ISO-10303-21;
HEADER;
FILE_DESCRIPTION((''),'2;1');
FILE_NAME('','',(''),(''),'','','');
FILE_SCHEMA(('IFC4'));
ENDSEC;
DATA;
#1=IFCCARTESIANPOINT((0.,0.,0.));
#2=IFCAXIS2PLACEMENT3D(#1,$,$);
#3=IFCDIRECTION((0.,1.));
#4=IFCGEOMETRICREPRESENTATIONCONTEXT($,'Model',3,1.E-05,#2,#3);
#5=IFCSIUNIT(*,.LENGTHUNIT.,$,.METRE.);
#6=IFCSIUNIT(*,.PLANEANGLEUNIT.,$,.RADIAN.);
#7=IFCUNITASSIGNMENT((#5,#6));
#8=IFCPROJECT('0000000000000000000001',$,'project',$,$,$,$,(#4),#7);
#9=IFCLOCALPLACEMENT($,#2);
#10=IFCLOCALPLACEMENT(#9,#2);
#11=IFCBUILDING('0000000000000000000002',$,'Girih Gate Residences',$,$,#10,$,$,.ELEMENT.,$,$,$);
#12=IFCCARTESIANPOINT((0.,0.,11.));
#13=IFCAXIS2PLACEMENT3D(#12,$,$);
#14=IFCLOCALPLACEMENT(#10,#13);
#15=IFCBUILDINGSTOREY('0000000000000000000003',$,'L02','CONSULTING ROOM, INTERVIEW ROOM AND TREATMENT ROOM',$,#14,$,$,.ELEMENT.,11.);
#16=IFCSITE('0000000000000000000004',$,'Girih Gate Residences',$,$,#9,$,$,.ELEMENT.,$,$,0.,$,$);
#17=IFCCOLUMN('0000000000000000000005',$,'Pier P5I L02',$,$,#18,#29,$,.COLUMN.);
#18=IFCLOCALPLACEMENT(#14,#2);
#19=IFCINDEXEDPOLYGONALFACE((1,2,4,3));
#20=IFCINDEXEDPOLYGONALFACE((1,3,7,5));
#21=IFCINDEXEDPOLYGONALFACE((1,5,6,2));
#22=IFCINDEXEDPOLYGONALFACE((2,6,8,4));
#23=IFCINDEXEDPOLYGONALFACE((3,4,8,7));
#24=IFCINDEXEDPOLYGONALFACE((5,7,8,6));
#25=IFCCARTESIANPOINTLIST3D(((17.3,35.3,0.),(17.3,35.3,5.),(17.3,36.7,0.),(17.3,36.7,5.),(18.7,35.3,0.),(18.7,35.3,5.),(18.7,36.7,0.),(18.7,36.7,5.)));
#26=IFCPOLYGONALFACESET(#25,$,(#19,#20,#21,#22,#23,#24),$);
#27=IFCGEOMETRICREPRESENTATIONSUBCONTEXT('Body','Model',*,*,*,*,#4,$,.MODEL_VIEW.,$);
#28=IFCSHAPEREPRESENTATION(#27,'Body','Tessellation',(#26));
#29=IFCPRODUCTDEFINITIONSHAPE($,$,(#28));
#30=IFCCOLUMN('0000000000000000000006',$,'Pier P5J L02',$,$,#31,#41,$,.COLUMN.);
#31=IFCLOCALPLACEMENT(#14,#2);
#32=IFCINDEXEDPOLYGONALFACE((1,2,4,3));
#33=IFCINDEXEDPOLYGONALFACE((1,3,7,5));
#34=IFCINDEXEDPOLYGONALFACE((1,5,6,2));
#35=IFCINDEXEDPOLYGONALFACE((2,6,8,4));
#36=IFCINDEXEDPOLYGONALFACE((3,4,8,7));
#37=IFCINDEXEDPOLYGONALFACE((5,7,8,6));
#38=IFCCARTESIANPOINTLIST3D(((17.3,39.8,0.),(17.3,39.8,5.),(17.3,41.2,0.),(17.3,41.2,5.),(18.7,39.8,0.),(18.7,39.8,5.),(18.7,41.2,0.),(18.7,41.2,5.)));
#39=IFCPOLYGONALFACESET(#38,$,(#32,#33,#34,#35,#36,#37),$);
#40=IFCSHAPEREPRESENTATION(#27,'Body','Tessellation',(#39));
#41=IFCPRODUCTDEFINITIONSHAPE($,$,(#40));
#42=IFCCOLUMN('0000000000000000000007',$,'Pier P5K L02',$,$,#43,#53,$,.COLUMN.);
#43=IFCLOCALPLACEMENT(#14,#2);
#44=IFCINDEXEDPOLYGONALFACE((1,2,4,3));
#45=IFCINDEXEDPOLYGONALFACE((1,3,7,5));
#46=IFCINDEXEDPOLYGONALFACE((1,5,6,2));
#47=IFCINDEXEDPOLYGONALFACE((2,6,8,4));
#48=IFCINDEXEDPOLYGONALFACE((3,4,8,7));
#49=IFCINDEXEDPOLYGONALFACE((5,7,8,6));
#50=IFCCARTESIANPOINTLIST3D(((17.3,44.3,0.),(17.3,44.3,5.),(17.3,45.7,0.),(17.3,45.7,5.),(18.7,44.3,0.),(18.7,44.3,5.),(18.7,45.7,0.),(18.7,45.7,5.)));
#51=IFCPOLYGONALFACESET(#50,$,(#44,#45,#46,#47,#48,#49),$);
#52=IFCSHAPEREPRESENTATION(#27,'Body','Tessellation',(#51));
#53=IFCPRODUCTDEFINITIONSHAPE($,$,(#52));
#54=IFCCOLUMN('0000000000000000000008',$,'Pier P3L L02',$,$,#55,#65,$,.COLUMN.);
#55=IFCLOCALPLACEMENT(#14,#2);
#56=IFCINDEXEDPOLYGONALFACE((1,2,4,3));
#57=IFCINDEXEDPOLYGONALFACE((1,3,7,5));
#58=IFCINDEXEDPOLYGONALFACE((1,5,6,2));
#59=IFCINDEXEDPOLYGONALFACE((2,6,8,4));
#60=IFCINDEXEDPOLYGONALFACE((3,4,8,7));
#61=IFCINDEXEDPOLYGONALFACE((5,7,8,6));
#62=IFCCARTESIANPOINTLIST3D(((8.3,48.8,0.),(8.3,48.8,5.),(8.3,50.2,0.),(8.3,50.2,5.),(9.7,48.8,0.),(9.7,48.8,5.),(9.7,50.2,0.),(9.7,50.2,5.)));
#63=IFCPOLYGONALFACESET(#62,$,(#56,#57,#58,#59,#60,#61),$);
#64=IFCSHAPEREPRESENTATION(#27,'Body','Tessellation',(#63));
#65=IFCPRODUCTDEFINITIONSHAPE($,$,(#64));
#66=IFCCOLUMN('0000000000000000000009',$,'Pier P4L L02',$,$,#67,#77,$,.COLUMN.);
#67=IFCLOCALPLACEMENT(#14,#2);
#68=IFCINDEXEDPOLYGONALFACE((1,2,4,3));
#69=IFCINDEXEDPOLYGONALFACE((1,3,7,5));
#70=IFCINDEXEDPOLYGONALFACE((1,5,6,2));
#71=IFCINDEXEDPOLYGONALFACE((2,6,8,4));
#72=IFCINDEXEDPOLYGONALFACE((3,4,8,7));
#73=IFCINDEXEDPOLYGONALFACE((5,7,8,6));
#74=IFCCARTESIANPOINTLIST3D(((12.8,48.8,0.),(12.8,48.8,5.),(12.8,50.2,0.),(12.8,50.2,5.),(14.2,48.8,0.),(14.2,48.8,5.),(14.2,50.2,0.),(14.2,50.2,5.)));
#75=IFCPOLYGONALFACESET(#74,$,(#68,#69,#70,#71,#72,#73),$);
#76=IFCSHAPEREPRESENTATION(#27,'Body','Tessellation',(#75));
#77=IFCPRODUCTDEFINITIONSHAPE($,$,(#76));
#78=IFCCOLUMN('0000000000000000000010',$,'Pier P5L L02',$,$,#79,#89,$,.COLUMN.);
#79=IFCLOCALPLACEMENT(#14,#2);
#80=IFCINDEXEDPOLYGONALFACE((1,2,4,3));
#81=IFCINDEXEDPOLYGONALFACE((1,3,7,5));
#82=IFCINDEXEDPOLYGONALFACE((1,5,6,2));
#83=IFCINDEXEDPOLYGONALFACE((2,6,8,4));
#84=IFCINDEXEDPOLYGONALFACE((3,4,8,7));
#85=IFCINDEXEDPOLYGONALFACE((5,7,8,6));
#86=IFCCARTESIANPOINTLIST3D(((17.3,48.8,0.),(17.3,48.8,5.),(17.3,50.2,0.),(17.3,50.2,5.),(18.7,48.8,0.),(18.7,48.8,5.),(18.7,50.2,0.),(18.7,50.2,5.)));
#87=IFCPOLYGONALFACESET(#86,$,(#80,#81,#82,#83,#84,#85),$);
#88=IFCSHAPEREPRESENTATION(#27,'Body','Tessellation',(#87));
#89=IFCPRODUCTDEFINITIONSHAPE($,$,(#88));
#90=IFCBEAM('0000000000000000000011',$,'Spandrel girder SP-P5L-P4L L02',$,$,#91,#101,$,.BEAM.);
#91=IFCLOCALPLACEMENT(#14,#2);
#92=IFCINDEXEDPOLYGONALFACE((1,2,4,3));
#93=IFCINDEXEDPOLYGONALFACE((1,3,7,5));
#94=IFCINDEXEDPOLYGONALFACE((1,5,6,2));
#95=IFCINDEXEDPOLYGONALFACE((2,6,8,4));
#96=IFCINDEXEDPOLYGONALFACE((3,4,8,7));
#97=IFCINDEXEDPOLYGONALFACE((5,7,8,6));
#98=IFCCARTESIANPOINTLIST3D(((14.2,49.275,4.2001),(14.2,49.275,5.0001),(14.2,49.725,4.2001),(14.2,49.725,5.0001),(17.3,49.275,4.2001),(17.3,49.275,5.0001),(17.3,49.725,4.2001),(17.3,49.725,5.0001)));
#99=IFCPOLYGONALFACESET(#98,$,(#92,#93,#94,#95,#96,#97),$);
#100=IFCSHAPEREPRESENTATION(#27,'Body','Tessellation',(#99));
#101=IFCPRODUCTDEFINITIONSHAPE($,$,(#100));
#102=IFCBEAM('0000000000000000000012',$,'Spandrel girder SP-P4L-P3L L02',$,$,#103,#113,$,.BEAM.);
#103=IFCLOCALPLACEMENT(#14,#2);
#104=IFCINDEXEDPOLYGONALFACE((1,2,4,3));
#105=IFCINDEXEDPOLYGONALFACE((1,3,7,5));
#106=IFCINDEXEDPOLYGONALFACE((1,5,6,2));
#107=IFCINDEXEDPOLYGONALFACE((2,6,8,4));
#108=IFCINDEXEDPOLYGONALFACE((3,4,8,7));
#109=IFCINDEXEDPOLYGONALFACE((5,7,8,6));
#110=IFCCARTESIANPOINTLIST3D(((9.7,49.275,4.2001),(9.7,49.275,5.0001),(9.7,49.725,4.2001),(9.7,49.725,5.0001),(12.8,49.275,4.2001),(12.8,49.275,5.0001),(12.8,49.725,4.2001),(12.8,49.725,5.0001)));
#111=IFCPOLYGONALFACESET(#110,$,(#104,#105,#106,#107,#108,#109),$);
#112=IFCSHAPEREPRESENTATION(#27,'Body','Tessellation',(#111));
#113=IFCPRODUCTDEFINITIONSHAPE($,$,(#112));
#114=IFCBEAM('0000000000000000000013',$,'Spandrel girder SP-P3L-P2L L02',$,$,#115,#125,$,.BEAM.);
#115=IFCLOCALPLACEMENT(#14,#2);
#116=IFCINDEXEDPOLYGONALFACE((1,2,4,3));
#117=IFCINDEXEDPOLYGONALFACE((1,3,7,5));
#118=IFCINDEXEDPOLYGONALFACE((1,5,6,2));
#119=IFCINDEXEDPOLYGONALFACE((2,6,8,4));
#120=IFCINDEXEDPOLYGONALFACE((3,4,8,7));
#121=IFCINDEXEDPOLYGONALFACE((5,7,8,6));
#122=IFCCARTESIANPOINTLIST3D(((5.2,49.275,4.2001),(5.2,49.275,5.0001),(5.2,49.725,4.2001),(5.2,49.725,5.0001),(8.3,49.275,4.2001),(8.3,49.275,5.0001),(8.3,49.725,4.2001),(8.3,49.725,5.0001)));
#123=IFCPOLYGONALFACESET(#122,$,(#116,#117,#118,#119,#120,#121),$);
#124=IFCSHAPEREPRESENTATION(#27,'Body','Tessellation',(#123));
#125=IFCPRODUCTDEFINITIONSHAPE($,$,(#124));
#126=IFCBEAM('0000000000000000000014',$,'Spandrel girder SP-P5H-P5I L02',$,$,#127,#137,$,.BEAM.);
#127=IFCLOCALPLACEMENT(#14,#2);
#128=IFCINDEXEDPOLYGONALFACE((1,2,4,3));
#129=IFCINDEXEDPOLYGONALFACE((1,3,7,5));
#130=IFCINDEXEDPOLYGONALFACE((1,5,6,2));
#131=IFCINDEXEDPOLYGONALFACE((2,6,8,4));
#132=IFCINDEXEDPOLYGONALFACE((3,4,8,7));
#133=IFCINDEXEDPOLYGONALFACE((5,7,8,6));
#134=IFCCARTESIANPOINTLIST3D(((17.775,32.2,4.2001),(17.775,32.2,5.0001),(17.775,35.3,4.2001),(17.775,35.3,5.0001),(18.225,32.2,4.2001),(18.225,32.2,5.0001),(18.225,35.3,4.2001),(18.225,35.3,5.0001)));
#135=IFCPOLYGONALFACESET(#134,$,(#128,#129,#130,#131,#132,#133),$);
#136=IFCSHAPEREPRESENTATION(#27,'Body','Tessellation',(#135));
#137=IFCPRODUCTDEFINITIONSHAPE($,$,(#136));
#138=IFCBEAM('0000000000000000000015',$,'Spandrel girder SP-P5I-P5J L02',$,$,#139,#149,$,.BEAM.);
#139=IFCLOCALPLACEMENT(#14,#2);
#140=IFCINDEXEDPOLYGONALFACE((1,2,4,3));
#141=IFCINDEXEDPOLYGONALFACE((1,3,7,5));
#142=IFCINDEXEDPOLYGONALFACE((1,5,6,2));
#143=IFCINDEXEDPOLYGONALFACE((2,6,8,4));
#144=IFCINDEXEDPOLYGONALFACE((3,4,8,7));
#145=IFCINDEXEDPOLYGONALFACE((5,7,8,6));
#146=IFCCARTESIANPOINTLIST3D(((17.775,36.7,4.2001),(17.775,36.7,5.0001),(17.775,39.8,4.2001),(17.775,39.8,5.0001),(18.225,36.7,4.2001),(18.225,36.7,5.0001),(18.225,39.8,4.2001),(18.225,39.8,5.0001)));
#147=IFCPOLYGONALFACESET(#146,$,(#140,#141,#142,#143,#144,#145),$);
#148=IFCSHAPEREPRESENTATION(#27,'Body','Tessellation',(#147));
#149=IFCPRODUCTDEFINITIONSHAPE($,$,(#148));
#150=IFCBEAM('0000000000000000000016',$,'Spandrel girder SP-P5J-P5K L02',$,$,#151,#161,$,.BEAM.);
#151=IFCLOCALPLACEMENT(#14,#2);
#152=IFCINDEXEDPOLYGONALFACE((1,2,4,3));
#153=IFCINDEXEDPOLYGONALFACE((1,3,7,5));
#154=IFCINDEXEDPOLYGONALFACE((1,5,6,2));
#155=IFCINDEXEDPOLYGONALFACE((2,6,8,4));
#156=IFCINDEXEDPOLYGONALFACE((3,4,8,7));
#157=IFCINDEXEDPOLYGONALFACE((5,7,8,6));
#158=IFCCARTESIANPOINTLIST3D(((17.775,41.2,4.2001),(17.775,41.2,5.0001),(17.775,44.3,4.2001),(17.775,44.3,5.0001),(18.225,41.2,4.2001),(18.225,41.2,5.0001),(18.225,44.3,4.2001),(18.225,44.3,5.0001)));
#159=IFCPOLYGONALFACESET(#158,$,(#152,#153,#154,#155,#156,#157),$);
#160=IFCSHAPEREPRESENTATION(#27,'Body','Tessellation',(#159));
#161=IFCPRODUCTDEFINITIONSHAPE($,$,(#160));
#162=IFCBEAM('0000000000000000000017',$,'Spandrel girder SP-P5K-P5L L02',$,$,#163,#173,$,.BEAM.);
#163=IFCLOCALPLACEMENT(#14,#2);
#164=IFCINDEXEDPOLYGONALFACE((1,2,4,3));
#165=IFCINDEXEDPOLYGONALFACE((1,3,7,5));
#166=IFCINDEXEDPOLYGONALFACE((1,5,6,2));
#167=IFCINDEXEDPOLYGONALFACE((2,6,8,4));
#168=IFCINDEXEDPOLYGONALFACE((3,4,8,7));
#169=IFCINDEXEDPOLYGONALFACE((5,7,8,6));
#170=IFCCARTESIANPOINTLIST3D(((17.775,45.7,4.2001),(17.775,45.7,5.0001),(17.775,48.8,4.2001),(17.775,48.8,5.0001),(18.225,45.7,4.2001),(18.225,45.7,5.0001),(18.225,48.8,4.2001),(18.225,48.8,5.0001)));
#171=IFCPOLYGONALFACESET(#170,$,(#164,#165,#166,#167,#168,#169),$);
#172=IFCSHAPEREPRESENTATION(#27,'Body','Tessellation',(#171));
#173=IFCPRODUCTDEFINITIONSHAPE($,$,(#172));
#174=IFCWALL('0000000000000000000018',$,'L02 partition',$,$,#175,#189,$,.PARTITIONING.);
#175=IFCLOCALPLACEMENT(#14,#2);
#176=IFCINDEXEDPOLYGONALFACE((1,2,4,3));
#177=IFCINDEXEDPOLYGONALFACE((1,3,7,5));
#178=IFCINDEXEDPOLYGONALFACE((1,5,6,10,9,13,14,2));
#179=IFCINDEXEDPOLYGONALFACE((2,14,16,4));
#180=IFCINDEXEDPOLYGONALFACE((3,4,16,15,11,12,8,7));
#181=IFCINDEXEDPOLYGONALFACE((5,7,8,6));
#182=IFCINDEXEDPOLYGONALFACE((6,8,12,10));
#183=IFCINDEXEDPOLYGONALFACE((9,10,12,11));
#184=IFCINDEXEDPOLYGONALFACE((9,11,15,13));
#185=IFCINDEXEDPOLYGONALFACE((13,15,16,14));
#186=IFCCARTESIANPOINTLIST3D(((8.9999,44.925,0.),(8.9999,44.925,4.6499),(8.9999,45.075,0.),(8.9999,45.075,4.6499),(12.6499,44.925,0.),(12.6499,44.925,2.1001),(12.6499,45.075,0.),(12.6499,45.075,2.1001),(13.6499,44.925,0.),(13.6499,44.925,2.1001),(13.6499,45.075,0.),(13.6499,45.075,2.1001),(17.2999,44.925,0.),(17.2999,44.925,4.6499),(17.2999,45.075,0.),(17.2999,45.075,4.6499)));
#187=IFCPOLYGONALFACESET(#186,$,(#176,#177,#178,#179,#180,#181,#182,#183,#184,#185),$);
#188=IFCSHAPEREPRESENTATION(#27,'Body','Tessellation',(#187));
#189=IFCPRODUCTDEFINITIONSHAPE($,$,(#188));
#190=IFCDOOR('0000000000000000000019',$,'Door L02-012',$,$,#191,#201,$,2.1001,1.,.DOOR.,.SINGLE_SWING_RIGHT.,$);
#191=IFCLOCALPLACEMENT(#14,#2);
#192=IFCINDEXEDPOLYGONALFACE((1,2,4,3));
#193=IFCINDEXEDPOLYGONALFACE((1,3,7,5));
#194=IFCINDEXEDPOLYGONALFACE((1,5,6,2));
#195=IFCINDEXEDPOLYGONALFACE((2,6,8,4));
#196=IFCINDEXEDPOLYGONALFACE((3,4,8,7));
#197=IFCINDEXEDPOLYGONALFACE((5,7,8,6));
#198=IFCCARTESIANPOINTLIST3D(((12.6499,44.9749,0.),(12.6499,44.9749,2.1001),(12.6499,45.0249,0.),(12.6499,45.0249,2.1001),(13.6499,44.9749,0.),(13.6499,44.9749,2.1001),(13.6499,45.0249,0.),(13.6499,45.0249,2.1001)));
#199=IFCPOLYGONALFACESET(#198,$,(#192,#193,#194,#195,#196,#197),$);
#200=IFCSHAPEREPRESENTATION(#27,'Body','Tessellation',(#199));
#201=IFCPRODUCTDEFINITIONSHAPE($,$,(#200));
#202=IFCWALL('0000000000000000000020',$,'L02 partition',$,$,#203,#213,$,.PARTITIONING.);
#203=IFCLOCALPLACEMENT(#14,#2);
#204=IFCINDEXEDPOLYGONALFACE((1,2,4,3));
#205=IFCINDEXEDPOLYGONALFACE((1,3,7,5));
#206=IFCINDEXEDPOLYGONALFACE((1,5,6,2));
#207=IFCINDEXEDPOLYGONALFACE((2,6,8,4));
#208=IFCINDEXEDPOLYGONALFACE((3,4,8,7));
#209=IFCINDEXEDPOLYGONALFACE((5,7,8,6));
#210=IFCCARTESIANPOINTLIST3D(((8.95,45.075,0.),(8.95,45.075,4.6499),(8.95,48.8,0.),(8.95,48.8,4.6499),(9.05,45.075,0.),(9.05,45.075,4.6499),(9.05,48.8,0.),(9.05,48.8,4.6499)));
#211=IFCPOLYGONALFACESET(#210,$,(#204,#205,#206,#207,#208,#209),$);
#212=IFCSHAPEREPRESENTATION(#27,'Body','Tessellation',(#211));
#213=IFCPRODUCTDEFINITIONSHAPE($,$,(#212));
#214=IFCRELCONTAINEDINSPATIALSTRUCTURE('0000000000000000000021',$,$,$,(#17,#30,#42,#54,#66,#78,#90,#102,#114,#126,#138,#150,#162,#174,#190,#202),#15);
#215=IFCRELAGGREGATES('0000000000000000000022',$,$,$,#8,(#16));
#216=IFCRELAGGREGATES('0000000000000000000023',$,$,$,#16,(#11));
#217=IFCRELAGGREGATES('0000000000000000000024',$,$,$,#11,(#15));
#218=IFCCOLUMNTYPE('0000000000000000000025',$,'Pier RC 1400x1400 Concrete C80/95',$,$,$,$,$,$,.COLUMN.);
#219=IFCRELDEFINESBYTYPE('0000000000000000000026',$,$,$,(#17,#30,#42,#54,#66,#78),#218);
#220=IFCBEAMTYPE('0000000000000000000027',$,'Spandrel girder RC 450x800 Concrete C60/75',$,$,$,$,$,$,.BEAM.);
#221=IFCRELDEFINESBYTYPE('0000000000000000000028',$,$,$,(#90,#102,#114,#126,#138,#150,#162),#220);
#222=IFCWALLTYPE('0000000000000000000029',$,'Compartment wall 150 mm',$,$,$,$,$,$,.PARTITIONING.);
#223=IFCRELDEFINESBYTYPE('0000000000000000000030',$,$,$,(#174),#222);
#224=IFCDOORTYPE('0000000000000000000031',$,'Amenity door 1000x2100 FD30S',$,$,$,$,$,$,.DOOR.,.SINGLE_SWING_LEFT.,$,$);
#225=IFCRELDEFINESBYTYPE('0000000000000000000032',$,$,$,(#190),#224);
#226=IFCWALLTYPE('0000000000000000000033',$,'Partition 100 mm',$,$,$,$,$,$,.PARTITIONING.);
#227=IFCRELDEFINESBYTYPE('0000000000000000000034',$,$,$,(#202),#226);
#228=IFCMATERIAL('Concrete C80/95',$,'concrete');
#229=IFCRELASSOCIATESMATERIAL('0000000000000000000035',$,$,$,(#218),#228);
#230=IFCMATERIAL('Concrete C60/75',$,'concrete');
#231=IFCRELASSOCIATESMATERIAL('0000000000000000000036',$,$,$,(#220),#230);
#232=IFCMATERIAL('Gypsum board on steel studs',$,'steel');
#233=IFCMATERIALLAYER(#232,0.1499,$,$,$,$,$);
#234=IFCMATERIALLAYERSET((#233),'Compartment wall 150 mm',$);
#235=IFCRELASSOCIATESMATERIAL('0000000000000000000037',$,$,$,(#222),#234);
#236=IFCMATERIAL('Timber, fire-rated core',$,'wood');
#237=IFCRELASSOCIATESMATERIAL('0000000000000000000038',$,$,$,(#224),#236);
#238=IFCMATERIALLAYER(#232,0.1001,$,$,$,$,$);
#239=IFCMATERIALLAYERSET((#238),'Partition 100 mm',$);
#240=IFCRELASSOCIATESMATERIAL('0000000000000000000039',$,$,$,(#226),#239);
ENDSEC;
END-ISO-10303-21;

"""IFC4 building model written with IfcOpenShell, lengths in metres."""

from ifc_helpers import new_model, si_unit, direction, frame, frame_2d, origin, origin_2d, place, context, subcontext, project, spatial, rectangle, extrude, material, layer, layer_set, material_profile, profile_set, type_object, element, fill, save


model = new_model("IFC4")

# Units and contexts
model_context = context("Model", 3, precision=1e-05, world=origin(), true_north=direction((0.0, 1.0)))
body_context = subcontext(model_context, "Body", "Model", "MODEL_VIEW")
ifc_project = project(units=[si_unit("LENGTHUNIT", "METRE"), si_unit("PLANEANGLEUNIT", "RADIAN")], contexts=[model_context])

# Site, building, storey
site_placement = place(None, origin())
site = spatial("IfcSite", under=ifc_project, at=site_placement, Name="Girih Gate Residences", CompositionType="ELEMENT", RefElevation=0.0)
building_placement = place(site_placement, origin())
building = spatial("IfcBuilding", under=site, at=building_placement, Name="Girih Gate Residences", CompositionType="ELEMENT")
storey_placement = place(building_placement, frame((0.0, 0.0, 11.0)))
storey = spatial("IfcBuildingStorey", under=building, at=storey_placement, Name="L02", Description="CONSULTING ROOM, INTERVIEW ROOM AND TREATMENT ROOM", CompositionType="ELEMENT", Elevation=11.0)

# Columns
ifc_material_1 = material(Name="Concrete C80/95", Category="concrete")
ifc_material_profile_1 = material_profile(ifc_material_1, rectangle(XDim=1.3999, YDim=1.3999, at=origin_2d()))
ifc_profile_set_1 = profile_set([ifc_material_profile_1], Name="Concrete C80/95")
column_type = type_object("IfcColumnType", Name="Pier RC 1400x1400 Concrete C80/95", PredefinedType="COLUMN", material=ifc_profile_set_1)
for number, where, z_axis, x_axis, name in (
    (1, (18.0, 36.0, 0.0), (0.0, 0.0, 1.0), (1.0, 0.0, 0.0), "Pier P5I L02"),
    (2, (18.0, 40.5, 0.0), (0.0, 0.0, 1.0), (1.0, 0.0, 0.0), "Pier P5J L02"),
    (3, (18.0, 45.0, 0.0), (0.0, 0.0, 1.0), (1.0, 0.0, 0.0), "Pier P5K L02"),
    (4, (9.0, 49.5, 0.0), (0.0, 0.0, 1.0), (1.0, 0.0, 0.0), "Pier P3L L02"),
    (5, (13.5, 49.5, 0.0), (0.0, 0.0, 1.0), (1.0, 0.0, 0.0), "Pier P4L L02"),
    (6, (18.0, 49.5, 0.0), (0.0, 0.0, 1.0), (1.0, 0.0, 0.0), "Pier P5L L02"),
):
    element("IfcColumn", number, at=place(storey_placement, frame(where, z_axis=z_axis, x_axis=x_axis)), inside=storey, type_object=column_type, Name=name, PredefinedType="COLUMN", context=body_context, shape_type="SweptSolid", body=[
        extrude(rectangle(XDim=1.3999, YDim=1.3999, at=origin_2d()), origin(), (0.0, 0.0, 1.0), 5.0),
    ])

# Beams
ifc_material_2 = material(Name="Concrete C60/75", Category="concrete")
ifc_material_profile_2 = material_profile(ifc_material_2, rectangle(XDim=0.45, YDim=0.8, at=origin_2d()))
ifc_profile_set_2 = profile_set([ifc_material_profile_2], Name="Concrete C60/75")
beam_type = type_object("IfcBeamType", Name="Spandrel girder RC 450x800 Concrete C60/75", PredefinedType="BEAM", material=ifc_profile_set_2)
for number, where, z_axis, x_axis, name in (
    (7, (17.3, 49.5, 4.6001), (-1.0, 0.0, 0.0), (0.0, -1.0, 0.0), "Spandrel girder SP-P5L-P4L L02"),
    (8, (12.8, 49.5, 4.6001), (-1.0, 0.0, 0.0), (0.0, -1.0, 0.0), "Spandrel girder SP-P4L-P3L L02"),
    (9, (8.3, 49.5, 4.6001), (-1.0, 0.0, 0.0), (0.0, -1.0, 0.0), "Spandrel girder SP-P3L-P2L L02"),
    (10, (18.0, 32.2, 4.6001), (0.0, 1.0, 0.0), (-1.0, 0.0, 0.0), "Spandrel girder SP-P5H-P5I L02"),
    (11, (18.0, 36.7, 4.6001), (0.0, 1.0, 0.0), (-1.0, 0.0, 0.0), "Spandrel girder SP-P5I-P5J L02"),
    (12, (18.0, 41.2, 4.6001), (0.0, 1.0, 0.0), (-1.0, 0.0, 0.0), "Spandrel girder SP-P5J-P5K L02"),
    (13, (18.0, 45.7, 4.6001), (0.0, 1.0, 0.0), (-1.0, 0.0, 0.0), "Spandrel girder SP-P5K-P5L L02"),
):
    element("IfcBeam", number, at=place(storey_placement, frame(where, z_axis=z_axis, x_axis=x_axis)), inside=storey, type_object=beam_type, Name=name, PredefinedType="BEAM", context=body_context, shape_type="SweptSolid", body=[
        extrude(rectangle(XDim=0.45, YDim=0.8, at=origin_2d()), origin(), (0.0, 0.0, 1.0), 3.1001),
    ])

# Wall, opening, door
ifc_material_3 = material(Name="Gypsum board on steel studs", Category="steel")
ifc_layer_1 = layer(ifc_material_3, 0.1499)
ifc_layer_set_1 = layer_set([ifc_layer_1], Name="Compartment wall 150 mm")
wall_type_1 = type_object("IfcWallType", Name="Compartment wall 150 mm", PredefinedType="PARTITIONING", material=ifc_layer_set_1)
wall_1_placement = place(storey_placement, frame((9.0, 45.0, 0.0), z_axis=(0.0, 0.0, 1.0), x_axis=(1.0, 0.0, 0.0)))
wall_1 = element("IfcWall", 14, at=wall_1_placement, inside=storey, type_object=wall_type_1, Name="L02 partition", PredefinedType="PARTITIONING", context=body_context, shape_type="SweptSolid", body=[
    extrude(rectangle(XDim=8.3, YDim=0.1499, at=frame_2d((4.1499, 0.0))), origin(), (0.0, 0.0, 1.0), 4.6499),
])
opening_1_placement = place(wall_1_placement, frame((3.6499, 0.0, 0.0)))
opening_1 = element("IfcOpeningElement", 15, at=opening_1_placement, cuts=wall_1, PredefinedType="OPENING", context=body_context, shape_type="SweptSolid", body=[
    extrude(rectangle(XDim=1.0, YDim=2.1001, at=frame_2d((0.5, 1.05))), frame((0.0, 0.085, 0.0), z_axis=(0.0, -1.0, 0.0), x_axis=(1.0, 0.0, 0.0)), (0.0, 0.0, 1.0), 0.1699),
])
ifc_material_4 = material(Name="Timber, fire-rated core", Category="wood")
door_type_1 = type_object("IfcDoorType", Name="Amenity door 1000x2100 FD30S", OperationType="SINGLE_SWING_LEFT", PredefinedType="DOOR", material=ifc_material_4)
door_1_placement = place(opening_1_placement, origin())
door_1 = element("IfcDoor", 16, at=door_1_placement, inside=storey, type_object=door_type_1, Name="Door L02-012", OperationType="SINGLE_SWING_RIGHT", OverallHeight=2.1001, OverallWidth=1.0, PredefinedType="DOOR", context=body_context, shape_type="SweptSolid", body=[
    extrude(rectangle(XDim=1.0, YDim=2.1001, at=frame_2d((0.5, 1.05))), frame((0.0, 0.0249, 0.0), z_axis=(0.0, -1.0, 0.0), x_axis=(1.0, 0.0, 0.0)), (0.0, 0.0, 1.0), 0.05),
])
fill(opening_1, door_1)

# Wall
ifc_layer_2 = layer(ifc_material_3, 0.1001)
ifc_layer_set_2 = layer_set([ifc_layer_2], Name="Partition 100 mm")
wall_type_2 = type_object("IfcWallType", Name="Partition 100 mm", PredefinedType="PARTITIONING", material=ifc_layer_set_2)
wall_2_placement = place(storey_placement, frame((9.0, 45.075, 0.0), z_axis=(0.0, 0.0, 1.0), x_axis=(0.0, 1.0, 0.0)))
element("IfcWall", 17, at=wall_2_placement, inside=storey, type_object=wall_type_2, Name="L02 partition", PredefinedType="PARTITIONING", context=body_context, shape_type="SweptSolid", body=[
    extrude(rectangle(XDim=3.7251, YDim=0.1001, at=frame_2d((1.8625, 0.0))), origin(), (0.0, 0.0, 1.0), 4.6499),
])

save(model, "model.ifc")
